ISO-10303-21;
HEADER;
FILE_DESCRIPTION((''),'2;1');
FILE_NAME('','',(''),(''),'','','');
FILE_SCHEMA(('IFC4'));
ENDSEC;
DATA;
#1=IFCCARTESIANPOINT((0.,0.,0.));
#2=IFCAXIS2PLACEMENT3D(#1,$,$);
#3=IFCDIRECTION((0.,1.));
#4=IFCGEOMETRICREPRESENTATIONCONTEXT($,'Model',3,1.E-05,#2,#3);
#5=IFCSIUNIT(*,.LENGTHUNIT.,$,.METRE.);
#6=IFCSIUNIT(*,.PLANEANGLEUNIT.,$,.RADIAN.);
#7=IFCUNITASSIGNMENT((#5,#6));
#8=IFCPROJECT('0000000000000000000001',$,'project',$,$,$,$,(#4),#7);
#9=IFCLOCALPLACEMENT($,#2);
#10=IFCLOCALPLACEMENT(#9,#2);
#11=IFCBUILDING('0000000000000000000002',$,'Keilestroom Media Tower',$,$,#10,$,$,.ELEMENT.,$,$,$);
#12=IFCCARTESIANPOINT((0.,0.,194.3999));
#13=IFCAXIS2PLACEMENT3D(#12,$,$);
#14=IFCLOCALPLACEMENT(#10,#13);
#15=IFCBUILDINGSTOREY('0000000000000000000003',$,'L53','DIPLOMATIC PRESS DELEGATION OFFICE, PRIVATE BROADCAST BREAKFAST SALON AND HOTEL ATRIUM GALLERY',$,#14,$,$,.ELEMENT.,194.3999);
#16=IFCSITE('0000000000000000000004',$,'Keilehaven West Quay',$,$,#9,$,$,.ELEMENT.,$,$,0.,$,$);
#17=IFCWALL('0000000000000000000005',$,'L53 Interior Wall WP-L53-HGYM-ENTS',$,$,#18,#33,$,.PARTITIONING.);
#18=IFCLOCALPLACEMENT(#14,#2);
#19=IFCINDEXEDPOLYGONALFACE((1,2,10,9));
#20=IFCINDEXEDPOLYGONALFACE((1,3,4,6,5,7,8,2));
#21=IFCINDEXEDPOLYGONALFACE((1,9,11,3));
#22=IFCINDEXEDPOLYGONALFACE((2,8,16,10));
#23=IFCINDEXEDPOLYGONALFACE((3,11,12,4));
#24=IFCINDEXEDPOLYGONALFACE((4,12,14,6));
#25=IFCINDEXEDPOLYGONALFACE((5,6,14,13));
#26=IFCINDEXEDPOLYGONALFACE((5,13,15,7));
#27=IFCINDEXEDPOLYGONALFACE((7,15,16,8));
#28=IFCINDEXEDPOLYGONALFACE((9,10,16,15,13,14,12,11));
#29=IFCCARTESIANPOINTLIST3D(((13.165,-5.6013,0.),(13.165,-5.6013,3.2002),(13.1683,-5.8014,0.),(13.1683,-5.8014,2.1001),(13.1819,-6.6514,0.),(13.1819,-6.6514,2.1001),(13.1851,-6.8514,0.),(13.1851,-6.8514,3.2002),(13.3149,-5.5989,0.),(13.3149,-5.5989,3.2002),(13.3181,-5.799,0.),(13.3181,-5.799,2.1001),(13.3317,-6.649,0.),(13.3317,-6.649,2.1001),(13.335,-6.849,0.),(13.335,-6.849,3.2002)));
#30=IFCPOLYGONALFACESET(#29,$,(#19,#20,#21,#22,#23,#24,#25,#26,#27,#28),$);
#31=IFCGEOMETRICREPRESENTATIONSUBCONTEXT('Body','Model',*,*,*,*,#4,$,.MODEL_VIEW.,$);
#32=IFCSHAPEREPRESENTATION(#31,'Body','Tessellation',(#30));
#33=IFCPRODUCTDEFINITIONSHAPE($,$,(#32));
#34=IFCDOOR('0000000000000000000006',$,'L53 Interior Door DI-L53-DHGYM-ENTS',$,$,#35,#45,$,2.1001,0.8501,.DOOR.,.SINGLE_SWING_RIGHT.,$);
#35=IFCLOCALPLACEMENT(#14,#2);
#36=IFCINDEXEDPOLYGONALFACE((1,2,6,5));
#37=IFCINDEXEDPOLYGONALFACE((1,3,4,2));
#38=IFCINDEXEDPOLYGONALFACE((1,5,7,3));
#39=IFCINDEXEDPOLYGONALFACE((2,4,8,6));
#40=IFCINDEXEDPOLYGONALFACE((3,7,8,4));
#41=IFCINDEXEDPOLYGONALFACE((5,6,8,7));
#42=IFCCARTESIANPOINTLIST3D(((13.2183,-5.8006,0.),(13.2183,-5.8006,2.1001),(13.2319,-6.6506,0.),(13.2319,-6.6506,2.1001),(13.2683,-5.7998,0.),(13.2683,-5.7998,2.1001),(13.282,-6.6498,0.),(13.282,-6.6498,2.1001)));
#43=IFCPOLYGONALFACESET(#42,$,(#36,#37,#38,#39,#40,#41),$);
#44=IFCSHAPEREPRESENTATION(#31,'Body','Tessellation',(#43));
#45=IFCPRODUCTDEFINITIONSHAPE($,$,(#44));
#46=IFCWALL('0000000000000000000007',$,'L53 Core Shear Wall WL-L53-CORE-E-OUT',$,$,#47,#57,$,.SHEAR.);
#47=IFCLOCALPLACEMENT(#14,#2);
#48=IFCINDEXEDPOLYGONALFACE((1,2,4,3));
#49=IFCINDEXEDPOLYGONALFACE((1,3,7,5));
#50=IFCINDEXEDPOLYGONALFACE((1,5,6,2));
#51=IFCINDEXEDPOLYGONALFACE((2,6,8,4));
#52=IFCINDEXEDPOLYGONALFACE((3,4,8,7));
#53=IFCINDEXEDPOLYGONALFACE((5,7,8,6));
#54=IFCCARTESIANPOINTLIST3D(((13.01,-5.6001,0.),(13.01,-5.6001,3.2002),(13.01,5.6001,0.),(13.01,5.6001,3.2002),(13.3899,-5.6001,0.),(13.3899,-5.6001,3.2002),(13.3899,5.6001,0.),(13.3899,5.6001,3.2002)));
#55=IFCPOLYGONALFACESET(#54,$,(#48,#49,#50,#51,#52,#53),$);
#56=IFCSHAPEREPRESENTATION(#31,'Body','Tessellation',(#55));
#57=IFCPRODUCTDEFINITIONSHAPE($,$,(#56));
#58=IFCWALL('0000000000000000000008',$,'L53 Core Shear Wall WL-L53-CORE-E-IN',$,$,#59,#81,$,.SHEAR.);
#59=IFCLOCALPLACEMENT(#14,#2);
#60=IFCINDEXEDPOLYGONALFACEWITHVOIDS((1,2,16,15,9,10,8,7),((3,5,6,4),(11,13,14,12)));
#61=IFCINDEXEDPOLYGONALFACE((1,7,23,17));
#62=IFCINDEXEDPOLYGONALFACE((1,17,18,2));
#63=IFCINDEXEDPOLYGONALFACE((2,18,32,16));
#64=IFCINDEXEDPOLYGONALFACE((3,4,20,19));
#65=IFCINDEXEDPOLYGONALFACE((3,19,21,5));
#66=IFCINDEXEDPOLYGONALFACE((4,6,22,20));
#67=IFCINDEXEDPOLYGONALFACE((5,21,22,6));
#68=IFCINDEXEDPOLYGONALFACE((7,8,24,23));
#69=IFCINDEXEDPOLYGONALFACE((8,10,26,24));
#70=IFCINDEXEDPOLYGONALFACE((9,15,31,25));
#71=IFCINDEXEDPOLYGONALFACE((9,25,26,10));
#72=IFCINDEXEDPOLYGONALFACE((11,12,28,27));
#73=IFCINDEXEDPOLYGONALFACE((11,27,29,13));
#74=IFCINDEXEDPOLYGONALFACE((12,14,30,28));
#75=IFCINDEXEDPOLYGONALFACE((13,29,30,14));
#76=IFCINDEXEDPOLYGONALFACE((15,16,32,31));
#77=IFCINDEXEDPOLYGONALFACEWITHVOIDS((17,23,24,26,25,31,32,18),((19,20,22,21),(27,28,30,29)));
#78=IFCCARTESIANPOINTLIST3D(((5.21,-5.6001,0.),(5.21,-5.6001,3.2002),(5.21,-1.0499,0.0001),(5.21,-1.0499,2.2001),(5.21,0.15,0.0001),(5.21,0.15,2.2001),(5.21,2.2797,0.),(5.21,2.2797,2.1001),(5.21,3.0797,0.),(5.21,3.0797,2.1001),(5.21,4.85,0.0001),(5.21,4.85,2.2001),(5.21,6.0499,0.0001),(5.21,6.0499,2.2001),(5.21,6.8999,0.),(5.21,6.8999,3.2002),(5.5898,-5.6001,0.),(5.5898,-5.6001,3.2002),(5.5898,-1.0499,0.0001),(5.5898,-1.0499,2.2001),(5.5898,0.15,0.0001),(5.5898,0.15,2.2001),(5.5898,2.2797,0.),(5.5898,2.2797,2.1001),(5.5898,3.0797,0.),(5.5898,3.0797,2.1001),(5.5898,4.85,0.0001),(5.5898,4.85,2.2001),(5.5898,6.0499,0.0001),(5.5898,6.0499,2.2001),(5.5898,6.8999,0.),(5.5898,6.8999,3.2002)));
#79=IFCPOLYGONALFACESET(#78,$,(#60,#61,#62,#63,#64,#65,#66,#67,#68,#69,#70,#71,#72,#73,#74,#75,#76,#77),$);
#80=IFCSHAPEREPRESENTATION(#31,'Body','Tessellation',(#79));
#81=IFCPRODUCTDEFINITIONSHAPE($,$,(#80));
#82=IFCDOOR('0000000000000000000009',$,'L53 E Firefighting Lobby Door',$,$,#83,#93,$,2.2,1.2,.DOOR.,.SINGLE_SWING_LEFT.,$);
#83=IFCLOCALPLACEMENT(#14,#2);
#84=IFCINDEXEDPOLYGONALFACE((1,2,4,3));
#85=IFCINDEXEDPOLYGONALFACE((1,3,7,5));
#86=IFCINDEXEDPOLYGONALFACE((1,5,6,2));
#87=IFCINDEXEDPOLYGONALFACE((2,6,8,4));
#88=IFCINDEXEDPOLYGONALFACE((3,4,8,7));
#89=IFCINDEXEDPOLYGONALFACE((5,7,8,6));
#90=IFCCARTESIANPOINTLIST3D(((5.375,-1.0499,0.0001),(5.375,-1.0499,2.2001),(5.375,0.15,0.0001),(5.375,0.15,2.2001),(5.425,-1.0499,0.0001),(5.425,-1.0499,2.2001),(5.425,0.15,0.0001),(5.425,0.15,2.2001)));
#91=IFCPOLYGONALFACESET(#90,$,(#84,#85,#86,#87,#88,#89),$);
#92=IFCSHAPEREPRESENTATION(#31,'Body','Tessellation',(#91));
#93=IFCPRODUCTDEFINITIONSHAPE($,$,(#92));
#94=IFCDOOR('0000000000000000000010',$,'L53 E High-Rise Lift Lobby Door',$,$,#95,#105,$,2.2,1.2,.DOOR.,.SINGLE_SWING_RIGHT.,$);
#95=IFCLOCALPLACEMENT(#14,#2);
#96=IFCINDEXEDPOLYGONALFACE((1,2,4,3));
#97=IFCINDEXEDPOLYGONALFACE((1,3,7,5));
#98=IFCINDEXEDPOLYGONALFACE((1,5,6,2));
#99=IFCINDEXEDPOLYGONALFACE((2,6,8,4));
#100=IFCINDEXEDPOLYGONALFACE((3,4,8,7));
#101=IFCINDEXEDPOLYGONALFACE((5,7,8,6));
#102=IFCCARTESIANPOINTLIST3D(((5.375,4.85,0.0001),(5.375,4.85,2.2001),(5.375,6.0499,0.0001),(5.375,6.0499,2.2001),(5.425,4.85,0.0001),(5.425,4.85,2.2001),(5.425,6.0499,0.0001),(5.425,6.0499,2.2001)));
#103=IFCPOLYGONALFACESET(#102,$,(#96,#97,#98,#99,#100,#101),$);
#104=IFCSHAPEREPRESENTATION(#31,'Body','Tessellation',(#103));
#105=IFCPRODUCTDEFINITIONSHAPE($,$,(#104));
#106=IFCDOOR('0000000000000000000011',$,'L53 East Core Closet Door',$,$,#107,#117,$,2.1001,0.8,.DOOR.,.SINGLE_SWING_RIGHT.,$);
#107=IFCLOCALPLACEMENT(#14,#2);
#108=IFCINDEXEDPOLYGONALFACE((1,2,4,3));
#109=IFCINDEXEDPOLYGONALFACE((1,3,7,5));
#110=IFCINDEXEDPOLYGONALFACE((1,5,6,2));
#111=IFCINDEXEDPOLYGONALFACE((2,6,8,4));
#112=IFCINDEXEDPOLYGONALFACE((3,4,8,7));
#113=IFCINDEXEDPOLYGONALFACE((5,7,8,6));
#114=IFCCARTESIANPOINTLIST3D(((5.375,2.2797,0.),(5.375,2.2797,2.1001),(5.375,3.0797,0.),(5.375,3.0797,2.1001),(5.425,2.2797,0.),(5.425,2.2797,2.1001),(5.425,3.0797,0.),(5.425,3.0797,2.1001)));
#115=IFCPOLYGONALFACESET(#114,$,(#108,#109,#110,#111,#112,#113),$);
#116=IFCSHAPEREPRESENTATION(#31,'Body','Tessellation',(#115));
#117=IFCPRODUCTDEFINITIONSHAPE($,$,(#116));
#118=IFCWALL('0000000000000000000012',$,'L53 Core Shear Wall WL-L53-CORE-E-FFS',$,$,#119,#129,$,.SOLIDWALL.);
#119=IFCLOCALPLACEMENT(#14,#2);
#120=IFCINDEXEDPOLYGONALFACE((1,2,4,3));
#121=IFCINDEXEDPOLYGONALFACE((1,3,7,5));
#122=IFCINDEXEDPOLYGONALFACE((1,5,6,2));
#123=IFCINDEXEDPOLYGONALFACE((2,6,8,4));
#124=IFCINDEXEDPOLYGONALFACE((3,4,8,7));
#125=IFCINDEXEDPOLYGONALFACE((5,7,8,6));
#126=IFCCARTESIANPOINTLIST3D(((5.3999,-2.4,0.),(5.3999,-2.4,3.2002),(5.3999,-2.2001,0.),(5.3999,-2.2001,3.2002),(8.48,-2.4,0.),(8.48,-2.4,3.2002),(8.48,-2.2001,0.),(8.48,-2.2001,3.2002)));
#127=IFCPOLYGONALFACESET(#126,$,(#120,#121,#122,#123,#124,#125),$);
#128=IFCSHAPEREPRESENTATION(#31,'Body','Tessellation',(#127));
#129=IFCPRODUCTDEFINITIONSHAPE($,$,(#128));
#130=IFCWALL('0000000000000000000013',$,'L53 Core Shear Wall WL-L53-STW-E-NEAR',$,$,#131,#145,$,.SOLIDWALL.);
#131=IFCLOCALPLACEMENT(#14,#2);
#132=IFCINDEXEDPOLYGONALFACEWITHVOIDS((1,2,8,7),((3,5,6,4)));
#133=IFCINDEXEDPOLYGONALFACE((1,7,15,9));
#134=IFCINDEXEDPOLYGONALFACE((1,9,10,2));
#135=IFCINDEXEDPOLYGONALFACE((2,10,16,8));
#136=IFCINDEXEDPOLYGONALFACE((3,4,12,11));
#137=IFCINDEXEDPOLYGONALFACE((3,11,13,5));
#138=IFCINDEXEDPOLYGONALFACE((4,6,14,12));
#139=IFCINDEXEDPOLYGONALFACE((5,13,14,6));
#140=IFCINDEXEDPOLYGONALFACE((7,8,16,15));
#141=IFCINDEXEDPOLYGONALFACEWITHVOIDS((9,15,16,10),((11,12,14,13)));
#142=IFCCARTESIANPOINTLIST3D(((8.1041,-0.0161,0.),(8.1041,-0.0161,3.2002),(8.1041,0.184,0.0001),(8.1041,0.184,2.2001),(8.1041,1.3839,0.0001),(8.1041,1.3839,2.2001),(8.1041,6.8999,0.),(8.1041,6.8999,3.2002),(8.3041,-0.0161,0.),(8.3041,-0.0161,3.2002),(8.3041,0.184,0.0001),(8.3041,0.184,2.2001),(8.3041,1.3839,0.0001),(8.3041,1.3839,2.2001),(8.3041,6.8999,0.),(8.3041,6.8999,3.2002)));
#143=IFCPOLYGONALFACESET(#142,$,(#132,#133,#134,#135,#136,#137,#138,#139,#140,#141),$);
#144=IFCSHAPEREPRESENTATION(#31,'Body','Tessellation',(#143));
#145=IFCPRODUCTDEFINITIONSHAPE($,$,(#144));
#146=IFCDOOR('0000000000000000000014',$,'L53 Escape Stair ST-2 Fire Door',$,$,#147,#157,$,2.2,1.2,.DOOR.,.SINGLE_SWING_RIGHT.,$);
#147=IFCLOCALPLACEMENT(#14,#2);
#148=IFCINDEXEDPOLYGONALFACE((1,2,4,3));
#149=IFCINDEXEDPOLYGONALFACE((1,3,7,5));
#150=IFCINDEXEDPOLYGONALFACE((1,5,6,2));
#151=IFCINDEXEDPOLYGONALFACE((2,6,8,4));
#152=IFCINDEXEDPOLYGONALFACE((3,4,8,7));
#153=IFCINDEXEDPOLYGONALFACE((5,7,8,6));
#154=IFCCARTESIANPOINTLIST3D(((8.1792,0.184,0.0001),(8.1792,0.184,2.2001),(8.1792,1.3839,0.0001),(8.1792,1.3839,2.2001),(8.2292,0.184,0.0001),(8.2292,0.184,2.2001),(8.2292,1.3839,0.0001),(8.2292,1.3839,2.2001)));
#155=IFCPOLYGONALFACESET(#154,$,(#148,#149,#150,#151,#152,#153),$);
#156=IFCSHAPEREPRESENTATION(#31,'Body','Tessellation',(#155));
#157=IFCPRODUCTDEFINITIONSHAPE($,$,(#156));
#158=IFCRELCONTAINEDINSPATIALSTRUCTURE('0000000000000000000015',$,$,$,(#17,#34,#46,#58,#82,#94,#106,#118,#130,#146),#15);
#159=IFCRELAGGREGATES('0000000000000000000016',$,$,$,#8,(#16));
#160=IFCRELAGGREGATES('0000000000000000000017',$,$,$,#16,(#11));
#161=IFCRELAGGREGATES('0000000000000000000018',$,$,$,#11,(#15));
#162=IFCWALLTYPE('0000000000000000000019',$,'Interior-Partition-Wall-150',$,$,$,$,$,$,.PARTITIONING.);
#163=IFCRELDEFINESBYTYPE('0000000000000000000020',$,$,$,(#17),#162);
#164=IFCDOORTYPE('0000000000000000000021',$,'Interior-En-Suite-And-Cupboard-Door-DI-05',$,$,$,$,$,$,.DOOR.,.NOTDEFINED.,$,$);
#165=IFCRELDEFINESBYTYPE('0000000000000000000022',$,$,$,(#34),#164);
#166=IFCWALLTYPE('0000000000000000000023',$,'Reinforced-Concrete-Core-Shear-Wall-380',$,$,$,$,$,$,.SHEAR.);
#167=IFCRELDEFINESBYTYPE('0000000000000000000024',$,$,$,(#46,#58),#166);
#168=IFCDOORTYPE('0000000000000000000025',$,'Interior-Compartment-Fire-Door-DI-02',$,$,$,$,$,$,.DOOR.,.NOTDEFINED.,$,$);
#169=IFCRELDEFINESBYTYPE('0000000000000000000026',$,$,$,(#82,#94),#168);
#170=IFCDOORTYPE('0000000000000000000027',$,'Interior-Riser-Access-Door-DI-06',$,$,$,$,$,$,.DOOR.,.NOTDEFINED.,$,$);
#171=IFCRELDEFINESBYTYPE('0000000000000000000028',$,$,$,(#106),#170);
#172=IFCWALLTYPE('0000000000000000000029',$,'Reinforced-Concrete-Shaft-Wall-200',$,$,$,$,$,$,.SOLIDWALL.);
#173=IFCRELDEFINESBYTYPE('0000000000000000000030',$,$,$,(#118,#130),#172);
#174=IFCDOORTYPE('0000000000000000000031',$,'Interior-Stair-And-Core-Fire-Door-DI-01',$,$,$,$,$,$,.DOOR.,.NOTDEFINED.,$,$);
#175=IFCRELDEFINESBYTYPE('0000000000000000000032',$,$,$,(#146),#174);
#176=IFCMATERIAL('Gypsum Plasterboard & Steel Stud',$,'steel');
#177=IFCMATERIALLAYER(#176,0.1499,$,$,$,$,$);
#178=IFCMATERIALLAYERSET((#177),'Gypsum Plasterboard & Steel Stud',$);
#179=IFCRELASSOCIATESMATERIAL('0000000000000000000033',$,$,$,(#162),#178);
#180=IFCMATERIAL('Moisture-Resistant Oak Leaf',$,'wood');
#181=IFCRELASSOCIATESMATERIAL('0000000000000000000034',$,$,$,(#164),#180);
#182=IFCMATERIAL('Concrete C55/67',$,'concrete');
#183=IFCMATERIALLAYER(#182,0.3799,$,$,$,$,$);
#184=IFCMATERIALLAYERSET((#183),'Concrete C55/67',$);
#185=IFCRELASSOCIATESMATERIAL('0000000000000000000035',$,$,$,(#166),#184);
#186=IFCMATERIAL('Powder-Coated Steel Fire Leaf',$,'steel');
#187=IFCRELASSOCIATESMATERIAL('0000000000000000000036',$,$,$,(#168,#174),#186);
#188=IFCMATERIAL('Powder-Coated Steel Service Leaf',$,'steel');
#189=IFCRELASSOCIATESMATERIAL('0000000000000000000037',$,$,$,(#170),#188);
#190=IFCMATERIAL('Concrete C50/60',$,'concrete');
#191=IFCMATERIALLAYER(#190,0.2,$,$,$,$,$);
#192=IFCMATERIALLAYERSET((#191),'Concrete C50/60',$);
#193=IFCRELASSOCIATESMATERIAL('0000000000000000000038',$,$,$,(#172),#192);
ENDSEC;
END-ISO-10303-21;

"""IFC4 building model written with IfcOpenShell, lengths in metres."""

from ifc_helpers import new_model, si_unit, direction, frame, frame_2d, origin, place, context, subcontext, project, spatial, rectangle, extrude, source, transform, mapped, material, layer, layer_set, type_object, element, fill, save


model = new_model("IFC4")

# Units and contexts
model_context = context("Model", 3, precision=1e-05, world=origin(), true_north=direction((0.0, 1.0)))
body_context = subcontext(model_context, "Body", "Model", "MODEL_VIEW")
ifc_project = project(units=[si_unit("LENGTHUNIT", "METRE"), si_unit("PLANEANGLEUNIT", "RADIAN")], contexts=[model_context])

# Site, building, storey
site_placement = place(None, origin())
site = spatial("IfcSite", under=ifc_project, at=site_placement, Name="Keilehaven West Quay", CompositionType="ELEMENT", RefElevation=0.0)
building_placement = place(site_placement, origin())
building = spatial("IfcBuilding", under=site, at=building_placement, Name="Keilestroom Media Tower", CompositionType="ELEMENT")
storey_placement = place(building_placement, frame((0.0, 0.0, 194.3999)))
storey = spatial("IfcBuildingStorey", under=building, at=storey_placement, Name="L53", Description="DIPLOMATIC PRESS DELEGATION OFFICE, PRIVATE BROADCAST BREAKFAST SALON AND HOTEL ATRIUM GALLERY", CompositionType="ELEMENT", Elevation=194.3999)

# Shared definitions
ifc_material_1 = material(Name="Gypsum Plasterboard & Steel Stud", Category="steel")
ifc_layer_1 = layer(ifc_material_1, 0.1499)
ifc_layer_set_1 = layer_set([ifc_layer_1], Name="Gypsum Plasterboard & Steel Stud")
wall_type_1 = type_object("IfcWallType", Name="Interior-Partition-Wall-150", PredefinedType="PARTITIONING", material=ifc_layer_set_1)

# Wall, opening, door
wall_1_placement = place(storey_placement, frame((13.26, -6.8501, 0.0), z_axis=(0.0, 0.0, 1.0), x_axis=(-0.016014, 0.999872, 0.0)))
wall_1 = element("IfcWall", 1, at=wall_1_placement, inside=storey, type_object=wall_type_1, Name="L53 Interior Wall WP-L53-HGYM-ENTS", PredefinedType="PARTITIONING", context=body_context, shape_type="SweptSolid", body=[
    extrude(rectangle(XDim=1.2502, YDim=0.1499, at=frame_2d((0.625, 0.0))), origin(), (0.0, 0.0, 1.0), 3.2002),
])
opening_1_placement = place(wall_1_placement, frame((0.2, 0.0, 0.0)))
opening_1 = element("IfcOpeningElement", 2, at=opening_1_placement, cuts=wall_1, PredefinedType="OPENING", context=body_context, shape_type="SweptSolid", body=[
    extrude(rectangle(XDim=0.8501, YDim=2.1001, at=frame_2d((0.425, 1.05))), frame((0.0, 0.085, 0.0), z_axis=(0.0, -1.0, 0.0), x_axis=(1.0, 0.0, 0.0)), (0.0, 0.0, 1.0), 0.1699),
])
ifc_material_2 = material(Name="Moisture-Resistant Oak Leaf", Category="wood")
door_type_1 = type_object("IfcDoorType", Name="Interior-En-Suite-And-Cupboard-Door-DI-05", OperationType="NOTDEFINED", PredefinedType="DOOR", material=ifc_material_2)
shared_shape_1 = source(origin(), body_context, "Body", "SweptSolid", [
    extrude(rectangle(XDim=0.8501, YDim=2.1001, at=frame_2d((0.425, 1.05))), frame((0.0, 0.0249, 0.0), z_axis=(0.0, -1.0, 0.0), x_axis=(1.0, 0.0, 0.0)), (0.0, 0.0, 1.0), 0.05),
])
door_1_placement = place(opening_1_placement, origin())
door_1 = element("IfcDoor", 3, at=door_1_placement, inside=storey, type_object=door_type_1, Name="L53 Interior Door DI-L53-DHGYM-ENTS", OperationType="SINGLE_SWING_RIGHT", OverallHeight=2.1001, OverallWidth=0.8501, PredefinedType="DOOR", context=body_context, shape_type="MappedRepresentation", body=[
    mapped(shared_shape_1, transform((0.0, 0.0, 0.0), x_axis=(1.0, 0.0, 0.0), y_axis=(0.0, 1.0, 0.0), z_axis=(0.0, 0.0, 1.0), scale=1.0)),
])
fill(opening_1, door_1)

# Wall
ifc_material_3 = material(Name="Concrete C55/67", Category="concrete")
ifc_layer_2 = layer(ifc_material_3, 0.3799)
ifc_layer_set_2 = layer_set([ifc_layer_2], Name="Concrete C55/67")
wall_type_2 = type_object("IfcWallType", Name="Reinforced-Concrete-Core-Shear-Wall-380", PredefinedType="SHEAR", material=ifc_layer_set_2)
wall_2_placement = place(storey_placement, frame((13.2, -5.6001, 0.0), z_axis=(0.0, 0.0, 1.0), x_axis=(0.0, 1.0, 0.0)))
element("IfcWall", 4, at=wall_2_placement, inside=storey, type_object=wall_type_2, Name="L53 Core Shear Wall WL-L53-CORE-E-OUT", PredefinedType="SHEAR", context=body_context, shape_type="SweptSolid", body=[
    extrude(rectangle(XDim=11.2002, YDim=0.3799, at=frame_2d((5.6001, 0.0))), origin(), (0.0, 0.0, 1.0), 3.2002),
])

# Wall, openings, doors
wall_3_placement = place(storey_placement, frame((5.3999, -5.6001, 0.0), z_axis=(0.0, 0.0, 1.0), x_axis=(0.0, 1.0, 0.0)))
wall_3 = element("IfcWall", 5, at=wall_3_placement, inside=storey, type_object=wall_type_2, Name="L53 Core Shear Wall WL-L53-CORE-E-IN", PredefinedType="SHEAR", context=body_context, shape_type="SweptSolid", body=[
    extrude(rectangle(XDim=12.5, YDim=0.3799, at=frame_2d((6.25, 0.0))), origin(), (0.0, 0.0, 1.0), 3.2002),
])
opening_2_placement = place(wall_3_placement, frame((4.55, 0.0, 0.0)))
opening_2 = element("IfcOpeningElement", 6, at=opening_2_placement, cuts=wall_3, PredefinedType="OPENING", context=body_context, shape_type="SweptSolid", body=[
    extrude(rectangle(XDim=1.2, YDim=2.2, at=frame_2d((0.6001, 1.1001))), frame((0.0, 0.2, 0.0), z_axis=(0.0, -1.0, 0.0), x_axis=(1.0, 0.0, 0.0)), (0.0, 0.0, 1.0), 0.3999),
])
opening_3_placement = place(wall_3_placement, frame((10.45, 0.0, 0.0)))
opening_3 = element("IfcOpeningElement", 7, at=opening_3_placement, cuts=wall_3, PredefinedType="OPENING", context=body_context, shape_type="SweptSolid", body=[
    extrude(rectangle(XDim=1.2, YDim=2.2, at=frame_2d((0.6001, 1.1001))), frame((0.0, 0.2, 0.0), z_axis=(0.0, -1.0, 0.0), x_axis=(1.0, 0.0, 0.0)), (0.0, 0.0, 1.0), 0.3999),
])
opening_4_placement = place(wall_3_placement, frame((7.8799, 0.0, 0.0)))
opening_4 = element("IfcOpeningElement", 8, at=opening_4_placement, cuts=wall_3, PredefinedType="OPENING", context=body_context, shape_type="SweptSolid", body=[
    extrude(rectangle(XDim=0.8, YDim=2.1001, at=frame_2d((0.3999, 1.05))), frame((0.0, 0.2, 0.0), z_axis=(0.0, -1.0, 0.0), x_axis=(1.0, 0.0, 0.0)), (0.0, 0.0, 1.0), 0.3999),
])
ifc_material_4 = material(Name="Powder-Coated Steel Fire Leaf", Category="steel")
door_type_2 = type_object("IfcDoorType", Name="Interior-Compartment-Fire-Door-DI-02", OperationType="NOTDEFINED", PredefinedType="DOOR", material=ifc_material_4)
shared_shape_2 = source(origin(), body_context, "Body", "SweptSolid", [
    extrude(rectangle(XDim=1.2, YDim=2.2, at=frame_2d((0.6001, 1.1001))), frame((0.0, 0.0249, 0.0), z_axis=(0.0, -1.0, 0.0), x_axis=(1.0, 0.0, 0.0)), (0.0, 0.0, 1.0), 0.05),
])
door_2_placement = place(opening_2_placement, origin())
door_2 = element("IfcDoor", 9, at=door_2_placement, inside=storey, type_object=door_type_2, Name="L53 E Firefighting Lobby Door", OperationType="SINGLE_SWING_LEFT", OverallHeight=2.2, OverallWidth=1.2, PredefinedType="DOOR", context=body_context, shape_type="MappedRepresentation", body=[
    mapped(shared_shape_2, transform((0.0, 0.0, 0.0), x_axis=(1.0, 0.0, 0.0), y_axis=(0.0, 1.0, 0.0), z_axis=(0.0, 0.0, 1.0), scale=1.0)),
])
fill(opening_2, door_2)
door_3_placement = place(opening_3_placement, origin())
door_3 = element("IfcDoor", 10, at=door_3_placement, inside=storey, type_object=door_type_2, Name="L53 E High-Rise Lift Lobby Door", OperationType="SINGLE_SWING_RIGHT", OverallHeight=2.2, OverallWidth=1.2, PredefinedType="DOOR", context=body_context, shape_type="MappedRepresentation", body=[
    mapped(shared_shape_2, transform((0.0, 0.0, 0.0), x_axis=(1.0, 0.0, 0.0), y_axis=(0.0, 1.0, 0.0), z_axis=(0.0, 0.0, 1.0), scale=1.0)),
])
fill(opening_3, door_3)
ifc_material_5 = material(Name="Powder-Coated Steel Service Leaf", Category="steel")
door_type_3 = type_object("IfcDoorType", Name="Interior-Riser-Access-Door-DI-06", OperationType="NOTDEFINED", PredefinedType="DOOR", material=ifc_material_5)
shared_shape_3 = source(origin(), body_context, "Body", "SweptSolid", [
    extrude(rectangle(XDim=0.8, YDim=2.1001, at=frame_2d((0.3999, 1.05))), frame((0.0, 0.0249, 0.0), z_axis=(0.0, -1.0, 0.0), x_axis=(1.0, 0.0, 0.0)), (0.0, 0.0, 1.0), 0.05),
])
door_4_placement = place(opening_4_placement, origin())
door_4 = element("IfcDoor", 11, at=door_4_placement, inside=storey, type_object=door_type_3, Name="L53 East Core Closet Door", OperationType="SINGLE_SWING_RIGHT", OverallHeight=2.1001, OverallWidth=0.8, PredefinedType="DOOR", context=body_context, shape_type="MappedRepresentation", body=[
    mapped(shared_shape_3, transform((0.0, 0.0, 0.0), x_axis=(1.0, 0.0, 0.0), y_axis=(0.0, 1.0, 0.0), z_axis=(0.0, 0.0, 1.0), scale=1.0)),
])
fill(opening_4, door_4)

# Wall
ifc_material_6 = material(Name="Concrete C50/60", Category="concrete")
ifc_layer_3 = layer(ifc_material_6, 0.2)
ifc_layer_set_3 = layer_set([ifc_layer_3], Name="Concrete C50/60")
wall_type_3 = type_object("IfcWallType", Name="Reinforced-Concrete-Shaft-Wall-200", PredefinedType="SOLIDWALL", material=ifc_layer_set_3)
wall_4_placement = place(storey_placement, frame((5.3999, -2.3, 0.0), z_axis=(0.0, 0.0, 1.0), x_axis=(1.0, 0.0, 0.0)))
element("IfcWall", 12, at=wall_4_placement, inside=storey, type_object=wall_type_3, Name="L53 Core Shear Wall WL-L53-CORE-E-FFS", PredefinedType="SOLIDWALL", context=body_context, shape_type="SweptSolid", body=[
    extrude(rectangle(XDim=3.0801, YDim=0.2, at=frame_2d((1.54, 0.0))), origin(), (0.0, 0.0, 1.0), 3.2002),
])

# Wall, opening, door
wall_5_placement = place(storey_placement, frame((8.2041, -0.0161, 0.0), z_axis=(0.0, 0.0, 1.0), x_axis=(0.0, 1.0, 0.0)))
wall_5 = element("IfcWall", 13, at=wall_5_placement, inside=storey, type_object=wall_type_3, Name="L53 Core Shear Wall WL-L53-STW-E-NEAR", PredefinedType="SOLIDWALL", context=body_context, shape_type="SweptSolid", body=[
    extrude(rectangle(XDim=6.916, YDim=0.2, at=frame_2d((3.458, 0.0))), origin(), (0.0, 0.0, 1.0), 3.2002),
])
opening_5_placement = place(wall_5_placement, frame((0.2, 0.0, 0.0)))
opening_5 = element("IfcOpeningElement", 14, at=opening_5_placement, cuts=wall_5, PredefinedType="OPENING", context=body_context, shape_type="SweptSolid", body=[
    extrude(rectangle(XDim=1.2, YDim=2.2, at=frame_2d((0.6001, 1.1001))), frame((0.0, 0.1099, 0.0), z_axis=(0.0, -1.0, 0.0), x_axis=(1.0, 0.0, 0.0)), (0.0, 0.0, 1.0), 0.22),
])
door_type_4 = type_object("IfcDoorType", Name="Interior-Stair-And-Core-Fire-Door-DI-01", OperationType="NOTDEFINED", PredefinedType="DOOR", material=ifc_material_4)
door_5_placement = place(opening_5_placement, origin())
door_5 = element("IfcDoor", 15, at=door_5_placement, inside=storey, type_object=door_type_4, Name="L53 Escape Stair ST-2 Fire Door", OperationType="SINGLE_SWING_RIGHT", OverallHeight=2.2, OverallWidth=1.2, PredefinedType="DOOR", context=body_context, shape_type="MappedRepresentation", body=[
    mapped(shared_shape_2, transform((0.0, 0.0, 0.0), x_axis=(1.0, 0.0, 0.0), y_axis=(0.0, 1.0, 0.0), z_axis=(0.0, 0.0, 1.0), scale=1.0)),
])
fill(opening_5, door_5)

save(model, "model.ifc")
